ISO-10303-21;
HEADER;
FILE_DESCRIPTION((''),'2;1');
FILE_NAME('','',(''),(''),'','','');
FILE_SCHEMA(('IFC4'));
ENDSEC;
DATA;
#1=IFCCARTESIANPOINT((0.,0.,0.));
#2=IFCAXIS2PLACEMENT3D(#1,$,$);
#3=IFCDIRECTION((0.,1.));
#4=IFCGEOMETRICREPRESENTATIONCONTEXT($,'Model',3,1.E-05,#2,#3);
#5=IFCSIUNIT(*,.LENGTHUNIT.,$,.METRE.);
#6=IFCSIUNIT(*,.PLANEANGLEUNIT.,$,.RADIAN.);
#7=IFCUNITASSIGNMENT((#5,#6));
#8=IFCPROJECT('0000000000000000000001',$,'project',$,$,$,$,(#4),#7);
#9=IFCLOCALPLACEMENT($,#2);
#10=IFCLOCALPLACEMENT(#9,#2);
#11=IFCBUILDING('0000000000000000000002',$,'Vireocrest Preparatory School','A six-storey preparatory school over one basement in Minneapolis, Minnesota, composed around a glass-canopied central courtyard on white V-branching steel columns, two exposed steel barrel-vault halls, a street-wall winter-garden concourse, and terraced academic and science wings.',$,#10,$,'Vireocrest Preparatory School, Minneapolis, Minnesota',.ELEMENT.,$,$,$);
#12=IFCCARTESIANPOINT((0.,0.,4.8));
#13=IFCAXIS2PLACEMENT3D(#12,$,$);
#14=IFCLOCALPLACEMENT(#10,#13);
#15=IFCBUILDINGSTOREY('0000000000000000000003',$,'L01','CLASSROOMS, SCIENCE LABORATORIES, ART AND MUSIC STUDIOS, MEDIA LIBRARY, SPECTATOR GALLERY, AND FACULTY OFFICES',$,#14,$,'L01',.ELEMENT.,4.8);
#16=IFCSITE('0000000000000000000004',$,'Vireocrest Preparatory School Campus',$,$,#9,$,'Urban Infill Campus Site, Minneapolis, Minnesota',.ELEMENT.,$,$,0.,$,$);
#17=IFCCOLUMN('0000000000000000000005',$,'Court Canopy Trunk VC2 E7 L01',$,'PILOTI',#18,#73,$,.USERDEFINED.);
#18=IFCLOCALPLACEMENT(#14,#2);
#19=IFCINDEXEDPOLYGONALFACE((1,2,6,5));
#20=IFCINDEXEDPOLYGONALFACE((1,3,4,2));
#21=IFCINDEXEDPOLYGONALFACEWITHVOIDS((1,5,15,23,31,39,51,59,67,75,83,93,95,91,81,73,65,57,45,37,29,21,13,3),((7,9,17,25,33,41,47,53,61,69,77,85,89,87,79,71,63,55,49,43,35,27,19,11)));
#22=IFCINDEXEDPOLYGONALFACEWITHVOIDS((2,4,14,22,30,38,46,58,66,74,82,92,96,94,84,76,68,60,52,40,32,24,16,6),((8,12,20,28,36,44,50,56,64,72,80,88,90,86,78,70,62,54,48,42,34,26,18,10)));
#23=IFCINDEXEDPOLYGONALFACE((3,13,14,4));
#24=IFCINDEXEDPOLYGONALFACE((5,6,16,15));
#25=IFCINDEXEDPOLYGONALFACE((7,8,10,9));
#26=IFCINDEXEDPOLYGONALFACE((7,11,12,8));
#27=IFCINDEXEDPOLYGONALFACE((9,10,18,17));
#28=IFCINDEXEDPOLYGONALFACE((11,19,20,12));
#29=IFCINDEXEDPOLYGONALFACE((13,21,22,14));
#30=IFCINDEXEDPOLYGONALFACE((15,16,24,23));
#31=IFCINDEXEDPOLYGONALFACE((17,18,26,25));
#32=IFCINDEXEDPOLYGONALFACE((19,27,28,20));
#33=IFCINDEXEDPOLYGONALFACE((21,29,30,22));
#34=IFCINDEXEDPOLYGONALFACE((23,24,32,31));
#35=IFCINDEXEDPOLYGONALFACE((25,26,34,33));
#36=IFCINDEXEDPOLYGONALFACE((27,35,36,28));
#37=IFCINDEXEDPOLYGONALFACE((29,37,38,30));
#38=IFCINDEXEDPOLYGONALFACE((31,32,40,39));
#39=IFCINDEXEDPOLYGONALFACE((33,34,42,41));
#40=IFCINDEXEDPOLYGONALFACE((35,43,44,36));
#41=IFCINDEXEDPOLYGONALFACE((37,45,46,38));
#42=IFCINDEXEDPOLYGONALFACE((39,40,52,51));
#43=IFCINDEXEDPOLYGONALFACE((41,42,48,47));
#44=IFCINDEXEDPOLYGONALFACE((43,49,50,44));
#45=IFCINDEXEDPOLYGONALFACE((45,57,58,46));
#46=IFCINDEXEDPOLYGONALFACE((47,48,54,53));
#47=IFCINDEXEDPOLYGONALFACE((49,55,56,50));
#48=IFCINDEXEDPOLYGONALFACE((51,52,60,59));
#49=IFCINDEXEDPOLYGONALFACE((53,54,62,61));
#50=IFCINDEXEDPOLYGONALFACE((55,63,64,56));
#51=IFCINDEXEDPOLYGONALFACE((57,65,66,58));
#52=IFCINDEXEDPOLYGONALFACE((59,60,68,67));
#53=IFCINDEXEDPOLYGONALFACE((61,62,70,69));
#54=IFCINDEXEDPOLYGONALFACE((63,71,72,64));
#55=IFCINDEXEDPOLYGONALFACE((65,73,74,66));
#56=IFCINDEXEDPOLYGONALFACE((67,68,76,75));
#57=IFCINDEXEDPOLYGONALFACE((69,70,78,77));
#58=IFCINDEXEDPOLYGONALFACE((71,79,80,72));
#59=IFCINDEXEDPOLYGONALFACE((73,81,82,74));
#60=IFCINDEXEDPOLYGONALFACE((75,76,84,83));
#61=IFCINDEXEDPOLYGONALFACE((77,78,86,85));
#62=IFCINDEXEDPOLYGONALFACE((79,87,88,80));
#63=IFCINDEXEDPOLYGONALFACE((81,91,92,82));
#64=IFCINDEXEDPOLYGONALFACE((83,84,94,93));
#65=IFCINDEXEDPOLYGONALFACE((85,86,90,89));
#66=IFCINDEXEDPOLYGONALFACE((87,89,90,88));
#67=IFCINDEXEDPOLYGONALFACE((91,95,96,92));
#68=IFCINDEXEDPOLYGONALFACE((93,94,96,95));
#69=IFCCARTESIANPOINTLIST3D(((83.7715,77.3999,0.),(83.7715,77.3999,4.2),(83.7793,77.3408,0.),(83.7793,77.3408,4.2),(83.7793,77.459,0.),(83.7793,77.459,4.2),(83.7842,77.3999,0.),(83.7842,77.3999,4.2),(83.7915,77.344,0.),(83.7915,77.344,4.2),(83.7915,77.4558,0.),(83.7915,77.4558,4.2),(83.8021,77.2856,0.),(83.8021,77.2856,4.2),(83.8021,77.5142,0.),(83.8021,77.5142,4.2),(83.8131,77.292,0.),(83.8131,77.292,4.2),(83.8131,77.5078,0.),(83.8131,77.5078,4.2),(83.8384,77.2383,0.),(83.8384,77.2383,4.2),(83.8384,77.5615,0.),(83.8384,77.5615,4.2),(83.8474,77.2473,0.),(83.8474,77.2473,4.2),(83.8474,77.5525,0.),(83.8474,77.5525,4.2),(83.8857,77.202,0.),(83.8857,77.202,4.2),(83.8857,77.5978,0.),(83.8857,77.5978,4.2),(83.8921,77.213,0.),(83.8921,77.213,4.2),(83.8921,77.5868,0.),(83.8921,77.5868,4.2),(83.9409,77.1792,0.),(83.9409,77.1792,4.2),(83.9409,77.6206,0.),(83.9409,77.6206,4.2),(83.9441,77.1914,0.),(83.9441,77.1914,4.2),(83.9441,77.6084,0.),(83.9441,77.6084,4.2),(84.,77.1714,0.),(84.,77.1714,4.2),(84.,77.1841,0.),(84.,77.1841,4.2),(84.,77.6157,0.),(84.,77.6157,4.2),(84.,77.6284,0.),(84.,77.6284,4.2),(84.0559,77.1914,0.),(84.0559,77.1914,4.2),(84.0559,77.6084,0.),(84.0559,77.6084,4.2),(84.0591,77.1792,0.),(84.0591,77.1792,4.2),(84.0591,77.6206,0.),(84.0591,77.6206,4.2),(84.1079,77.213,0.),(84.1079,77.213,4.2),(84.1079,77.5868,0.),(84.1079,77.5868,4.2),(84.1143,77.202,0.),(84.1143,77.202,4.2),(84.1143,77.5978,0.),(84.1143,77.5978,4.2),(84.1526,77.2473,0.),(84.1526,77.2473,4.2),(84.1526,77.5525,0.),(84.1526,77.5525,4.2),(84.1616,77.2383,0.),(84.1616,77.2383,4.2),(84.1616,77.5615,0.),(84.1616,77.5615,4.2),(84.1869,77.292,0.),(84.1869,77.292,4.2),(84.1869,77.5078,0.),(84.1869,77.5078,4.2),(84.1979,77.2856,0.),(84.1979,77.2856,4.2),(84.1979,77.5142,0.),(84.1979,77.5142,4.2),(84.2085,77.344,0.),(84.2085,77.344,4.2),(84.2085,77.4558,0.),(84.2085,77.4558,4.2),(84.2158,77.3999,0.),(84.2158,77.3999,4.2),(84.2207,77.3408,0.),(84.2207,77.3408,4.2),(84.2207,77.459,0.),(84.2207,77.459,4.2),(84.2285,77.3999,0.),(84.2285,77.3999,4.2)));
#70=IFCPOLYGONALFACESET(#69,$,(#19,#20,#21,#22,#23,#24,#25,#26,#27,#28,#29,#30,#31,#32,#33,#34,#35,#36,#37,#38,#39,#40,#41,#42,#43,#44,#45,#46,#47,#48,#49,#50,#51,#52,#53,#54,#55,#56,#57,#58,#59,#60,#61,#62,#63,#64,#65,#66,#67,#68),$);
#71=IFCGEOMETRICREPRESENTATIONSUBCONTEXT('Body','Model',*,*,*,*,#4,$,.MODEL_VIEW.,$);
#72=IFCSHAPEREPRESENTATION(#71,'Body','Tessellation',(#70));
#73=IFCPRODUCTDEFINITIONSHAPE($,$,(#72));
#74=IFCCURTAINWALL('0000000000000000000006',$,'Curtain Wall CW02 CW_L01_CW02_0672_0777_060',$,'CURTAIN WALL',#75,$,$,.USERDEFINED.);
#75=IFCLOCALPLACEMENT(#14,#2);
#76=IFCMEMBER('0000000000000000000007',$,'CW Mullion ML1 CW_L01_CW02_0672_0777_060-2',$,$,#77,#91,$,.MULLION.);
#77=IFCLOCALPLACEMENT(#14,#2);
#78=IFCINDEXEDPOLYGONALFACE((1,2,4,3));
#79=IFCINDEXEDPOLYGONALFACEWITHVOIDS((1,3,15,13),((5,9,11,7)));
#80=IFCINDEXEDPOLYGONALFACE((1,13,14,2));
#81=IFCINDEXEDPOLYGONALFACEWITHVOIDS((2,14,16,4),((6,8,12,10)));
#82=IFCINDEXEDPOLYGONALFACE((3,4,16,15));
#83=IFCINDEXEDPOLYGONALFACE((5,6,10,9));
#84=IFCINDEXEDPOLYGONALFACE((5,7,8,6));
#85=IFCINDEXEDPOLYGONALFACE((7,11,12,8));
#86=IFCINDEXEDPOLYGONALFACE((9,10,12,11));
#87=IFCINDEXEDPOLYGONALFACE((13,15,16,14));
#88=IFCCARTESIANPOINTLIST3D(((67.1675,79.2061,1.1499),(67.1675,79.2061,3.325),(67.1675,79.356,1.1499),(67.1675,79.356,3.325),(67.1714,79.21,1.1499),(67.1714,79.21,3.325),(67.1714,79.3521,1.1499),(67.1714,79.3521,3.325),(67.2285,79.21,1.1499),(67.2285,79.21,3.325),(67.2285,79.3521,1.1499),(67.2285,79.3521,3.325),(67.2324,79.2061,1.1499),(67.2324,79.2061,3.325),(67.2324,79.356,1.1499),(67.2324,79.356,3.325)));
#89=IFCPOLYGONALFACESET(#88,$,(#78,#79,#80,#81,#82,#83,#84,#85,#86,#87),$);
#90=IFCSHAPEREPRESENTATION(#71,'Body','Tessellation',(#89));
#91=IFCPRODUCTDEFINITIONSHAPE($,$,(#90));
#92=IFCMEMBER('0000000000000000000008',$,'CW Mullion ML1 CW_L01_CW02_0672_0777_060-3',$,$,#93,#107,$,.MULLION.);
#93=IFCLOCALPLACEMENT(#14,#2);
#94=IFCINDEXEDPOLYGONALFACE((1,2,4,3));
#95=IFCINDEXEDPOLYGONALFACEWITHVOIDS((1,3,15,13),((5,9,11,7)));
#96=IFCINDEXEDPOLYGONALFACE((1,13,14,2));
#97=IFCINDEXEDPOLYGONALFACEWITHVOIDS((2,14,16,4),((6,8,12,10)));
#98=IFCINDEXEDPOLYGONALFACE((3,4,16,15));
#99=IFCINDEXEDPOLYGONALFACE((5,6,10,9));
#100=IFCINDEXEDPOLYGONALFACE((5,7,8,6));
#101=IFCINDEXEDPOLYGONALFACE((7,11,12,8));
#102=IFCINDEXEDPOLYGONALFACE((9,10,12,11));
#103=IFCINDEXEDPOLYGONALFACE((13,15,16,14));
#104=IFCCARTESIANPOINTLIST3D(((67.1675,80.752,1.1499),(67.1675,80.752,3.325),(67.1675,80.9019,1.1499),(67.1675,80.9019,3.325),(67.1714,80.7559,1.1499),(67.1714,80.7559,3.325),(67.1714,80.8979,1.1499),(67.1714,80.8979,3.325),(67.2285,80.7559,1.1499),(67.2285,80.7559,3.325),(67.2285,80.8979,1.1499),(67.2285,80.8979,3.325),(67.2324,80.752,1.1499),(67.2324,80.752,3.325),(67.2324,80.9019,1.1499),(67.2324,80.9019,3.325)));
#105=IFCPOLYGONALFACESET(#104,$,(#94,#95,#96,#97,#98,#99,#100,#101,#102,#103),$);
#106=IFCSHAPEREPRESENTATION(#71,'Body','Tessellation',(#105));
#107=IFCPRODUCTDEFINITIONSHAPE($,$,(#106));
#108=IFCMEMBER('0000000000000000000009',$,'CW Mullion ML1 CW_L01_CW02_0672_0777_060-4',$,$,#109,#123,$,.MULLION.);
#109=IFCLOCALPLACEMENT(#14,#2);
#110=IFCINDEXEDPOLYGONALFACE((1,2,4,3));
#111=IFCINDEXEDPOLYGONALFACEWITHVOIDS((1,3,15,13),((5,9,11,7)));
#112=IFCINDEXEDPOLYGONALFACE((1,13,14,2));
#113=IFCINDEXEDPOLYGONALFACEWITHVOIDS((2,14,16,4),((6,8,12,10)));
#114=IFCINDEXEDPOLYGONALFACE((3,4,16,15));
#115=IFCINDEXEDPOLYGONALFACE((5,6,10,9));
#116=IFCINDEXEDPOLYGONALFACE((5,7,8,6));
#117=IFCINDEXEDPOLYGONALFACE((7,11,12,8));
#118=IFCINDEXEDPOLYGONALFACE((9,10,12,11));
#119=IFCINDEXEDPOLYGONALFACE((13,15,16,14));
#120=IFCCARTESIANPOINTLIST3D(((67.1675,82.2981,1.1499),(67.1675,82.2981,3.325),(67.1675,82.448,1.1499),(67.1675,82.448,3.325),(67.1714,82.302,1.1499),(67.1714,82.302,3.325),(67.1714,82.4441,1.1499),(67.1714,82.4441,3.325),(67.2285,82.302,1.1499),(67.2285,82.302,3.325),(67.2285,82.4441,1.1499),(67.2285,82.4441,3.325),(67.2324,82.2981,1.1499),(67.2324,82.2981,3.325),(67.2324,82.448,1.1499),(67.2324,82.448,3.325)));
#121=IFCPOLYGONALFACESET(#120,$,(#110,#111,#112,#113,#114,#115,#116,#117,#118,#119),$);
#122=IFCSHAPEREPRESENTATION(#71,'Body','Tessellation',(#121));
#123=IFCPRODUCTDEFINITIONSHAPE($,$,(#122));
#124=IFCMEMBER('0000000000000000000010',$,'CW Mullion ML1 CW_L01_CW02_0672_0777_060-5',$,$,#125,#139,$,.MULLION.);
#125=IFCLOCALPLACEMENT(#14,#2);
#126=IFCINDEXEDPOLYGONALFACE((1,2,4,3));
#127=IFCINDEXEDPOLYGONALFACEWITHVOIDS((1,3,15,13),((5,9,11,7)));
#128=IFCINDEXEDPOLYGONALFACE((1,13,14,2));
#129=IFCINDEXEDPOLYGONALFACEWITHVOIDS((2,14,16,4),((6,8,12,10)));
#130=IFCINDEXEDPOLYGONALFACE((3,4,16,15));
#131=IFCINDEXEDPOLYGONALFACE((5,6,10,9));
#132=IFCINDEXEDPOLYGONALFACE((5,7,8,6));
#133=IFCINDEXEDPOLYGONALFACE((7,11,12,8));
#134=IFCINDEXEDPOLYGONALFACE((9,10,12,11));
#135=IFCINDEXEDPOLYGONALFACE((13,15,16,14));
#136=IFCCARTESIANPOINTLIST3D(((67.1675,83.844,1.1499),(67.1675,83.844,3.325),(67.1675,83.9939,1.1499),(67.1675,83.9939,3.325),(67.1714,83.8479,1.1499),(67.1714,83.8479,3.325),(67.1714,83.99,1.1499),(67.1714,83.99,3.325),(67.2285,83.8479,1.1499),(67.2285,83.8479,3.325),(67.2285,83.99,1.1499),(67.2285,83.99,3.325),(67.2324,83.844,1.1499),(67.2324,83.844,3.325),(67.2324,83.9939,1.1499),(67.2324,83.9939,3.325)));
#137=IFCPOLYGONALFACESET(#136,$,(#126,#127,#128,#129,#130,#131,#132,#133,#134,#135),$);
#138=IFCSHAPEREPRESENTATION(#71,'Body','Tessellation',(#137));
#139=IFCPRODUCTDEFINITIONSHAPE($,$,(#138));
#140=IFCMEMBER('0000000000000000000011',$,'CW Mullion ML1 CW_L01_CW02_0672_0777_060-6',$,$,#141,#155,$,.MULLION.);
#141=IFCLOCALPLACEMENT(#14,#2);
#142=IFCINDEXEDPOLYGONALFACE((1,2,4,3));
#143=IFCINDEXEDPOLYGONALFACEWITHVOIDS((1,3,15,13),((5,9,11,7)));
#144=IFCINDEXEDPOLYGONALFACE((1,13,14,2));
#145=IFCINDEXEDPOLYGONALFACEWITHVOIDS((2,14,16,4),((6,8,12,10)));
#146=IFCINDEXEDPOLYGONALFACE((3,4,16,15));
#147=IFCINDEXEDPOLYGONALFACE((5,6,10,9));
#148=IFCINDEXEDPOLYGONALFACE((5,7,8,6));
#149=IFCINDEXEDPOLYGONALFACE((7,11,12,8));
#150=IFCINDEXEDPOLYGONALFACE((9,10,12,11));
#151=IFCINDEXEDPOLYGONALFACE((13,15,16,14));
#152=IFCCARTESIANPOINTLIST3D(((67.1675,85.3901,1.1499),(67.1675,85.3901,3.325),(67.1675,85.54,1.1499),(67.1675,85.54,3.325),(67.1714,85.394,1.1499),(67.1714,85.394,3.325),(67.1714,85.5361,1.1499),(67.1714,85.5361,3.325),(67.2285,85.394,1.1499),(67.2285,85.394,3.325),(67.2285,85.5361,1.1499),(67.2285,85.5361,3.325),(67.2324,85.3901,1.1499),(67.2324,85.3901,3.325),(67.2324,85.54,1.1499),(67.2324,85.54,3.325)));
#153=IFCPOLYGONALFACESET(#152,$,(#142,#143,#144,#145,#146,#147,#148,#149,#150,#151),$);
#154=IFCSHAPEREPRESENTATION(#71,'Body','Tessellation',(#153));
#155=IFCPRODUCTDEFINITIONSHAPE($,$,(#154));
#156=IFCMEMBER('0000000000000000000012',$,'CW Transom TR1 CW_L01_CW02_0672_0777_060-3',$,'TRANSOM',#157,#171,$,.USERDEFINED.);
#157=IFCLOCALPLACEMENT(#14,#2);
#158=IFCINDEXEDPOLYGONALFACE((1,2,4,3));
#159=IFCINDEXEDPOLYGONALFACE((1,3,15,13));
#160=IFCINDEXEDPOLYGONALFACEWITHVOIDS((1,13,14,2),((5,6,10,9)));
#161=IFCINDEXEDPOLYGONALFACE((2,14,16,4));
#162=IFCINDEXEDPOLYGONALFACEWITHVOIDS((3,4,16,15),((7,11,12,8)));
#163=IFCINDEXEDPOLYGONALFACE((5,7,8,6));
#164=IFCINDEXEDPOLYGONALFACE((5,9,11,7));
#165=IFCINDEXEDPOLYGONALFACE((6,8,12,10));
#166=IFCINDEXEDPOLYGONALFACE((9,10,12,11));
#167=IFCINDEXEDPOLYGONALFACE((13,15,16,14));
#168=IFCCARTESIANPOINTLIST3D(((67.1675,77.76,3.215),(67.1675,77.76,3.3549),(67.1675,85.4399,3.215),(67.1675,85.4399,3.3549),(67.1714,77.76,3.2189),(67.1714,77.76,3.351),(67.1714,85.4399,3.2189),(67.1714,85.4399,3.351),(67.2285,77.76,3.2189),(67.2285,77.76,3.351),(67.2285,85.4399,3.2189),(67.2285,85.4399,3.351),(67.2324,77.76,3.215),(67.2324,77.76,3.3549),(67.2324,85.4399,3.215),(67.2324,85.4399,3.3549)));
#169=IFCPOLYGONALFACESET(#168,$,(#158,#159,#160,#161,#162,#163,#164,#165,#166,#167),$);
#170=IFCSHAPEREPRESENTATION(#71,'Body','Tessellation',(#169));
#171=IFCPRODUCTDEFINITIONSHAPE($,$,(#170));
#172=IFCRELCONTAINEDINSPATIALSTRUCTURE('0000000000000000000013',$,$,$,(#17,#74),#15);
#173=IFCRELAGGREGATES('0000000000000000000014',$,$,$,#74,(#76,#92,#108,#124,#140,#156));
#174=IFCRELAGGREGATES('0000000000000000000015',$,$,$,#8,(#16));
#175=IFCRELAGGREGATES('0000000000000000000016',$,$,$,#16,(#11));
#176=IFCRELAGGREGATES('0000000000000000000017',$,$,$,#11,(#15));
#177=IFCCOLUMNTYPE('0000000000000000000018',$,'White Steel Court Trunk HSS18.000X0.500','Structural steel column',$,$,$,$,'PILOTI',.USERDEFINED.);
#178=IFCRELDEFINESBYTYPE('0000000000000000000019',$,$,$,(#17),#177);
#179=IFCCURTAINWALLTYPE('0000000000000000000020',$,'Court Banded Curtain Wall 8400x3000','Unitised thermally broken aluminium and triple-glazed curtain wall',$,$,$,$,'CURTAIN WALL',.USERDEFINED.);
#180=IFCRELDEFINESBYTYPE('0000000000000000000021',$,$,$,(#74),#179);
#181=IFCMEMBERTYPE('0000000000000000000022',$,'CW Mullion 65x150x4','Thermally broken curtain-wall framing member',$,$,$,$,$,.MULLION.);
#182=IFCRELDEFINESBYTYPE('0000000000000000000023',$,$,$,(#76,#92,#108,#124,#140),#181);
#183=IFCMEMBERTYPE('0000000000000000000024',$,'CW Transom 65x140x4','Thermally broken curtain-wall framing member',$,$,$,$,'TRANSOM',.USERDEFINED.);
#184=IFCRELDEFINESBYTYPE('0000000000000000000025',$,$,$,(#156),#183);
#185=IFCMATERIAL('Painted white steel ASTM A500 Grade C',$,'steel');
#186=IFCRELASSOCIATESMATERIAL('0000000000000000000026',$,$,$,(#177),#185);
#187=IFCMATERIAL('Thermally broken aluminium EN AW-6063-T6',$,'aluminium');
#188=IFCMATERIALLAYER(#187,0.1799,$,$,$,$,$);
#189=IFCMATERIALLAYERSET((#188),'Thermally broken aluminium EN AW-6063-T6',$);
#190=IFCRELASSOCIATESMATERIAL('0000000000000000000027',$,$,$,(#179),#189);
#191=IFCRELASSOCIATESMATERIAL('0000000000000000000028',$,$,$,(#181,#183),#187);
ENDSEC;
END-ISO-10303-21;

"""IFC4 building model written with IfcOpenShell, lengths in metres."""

from ifc_helpers import new_model, si_unit, direction, frame, origin, origin_2d, place, context, subcontext, project, spatial, hollow_rectangle, hollow_circle, extrude, material, layer, layer_set, material_profile, profile_set, type_object, element, aggregate, save


model = new_model("IFC4")

# Units and contexts
model_context = context("Model", 3, precision=1e-05, world=origin(), true_north=direction((0.0, 1.0)))
body_context = subcontext(model_context, "Body", "Model", "MODEL_VIEW")
ifc_project = project(units=[si_unit("LENGTHUNIT", "METRE"), si_unit("PLANEANGLEUNIT", "RADIAN")], contexts=[model_context])

# Site, building, storey
site_placement = place(None, origin())
site = spatial("IfcSite", under=ifc_project, at=site_placement, Name="Vireocrest Preparatory School Campus", LongName="Urban Infill Campus Site, Minneapolis, Minnesota", CompositionType="ELEMENT", RefElevation=0.0)
building_placement = place(site_placement, origin())
building = spatial("IfcBuilding", under=site, at=building_placement, Name="Vireocrest Preparatory School", Description="A six-storey preparatory school over one basement in Minneapolis, Minnesota, composed around a glass-canopied central courtyard on white V-branching steel columns, two exposed steel barrel-vault halls, a street-wall winter-garden concourse, and terraced academic and science wings.", LongName="Vireocrest Preparatory School, Minneapolis, Minnesota", CompositionType="ELEMENT")
storey_placement = place(building_placement, frame((0.0, 0.0, 4.8)))
storey = spatial("IfcBuildingStorey", under=building, at=storey_placement, Name="L01", Description="CLASSROOMS, SCIENCE LABORATORIES, ART AND MUSIC STUDIOS, MEDIA LIBRARY, SPECTATOR GALLERY, AND FACULTY OFFICES", LongName="L01", CompositionType="ELEMENT", Elevation=4.8)

# Column
ifc_material_1 = material(Name="Painted white steel ASTM A500 Grade C", Category="steel")
ifc_material_profile_1 = material_profile(ifc_material_1, hollow_circle(Radius=0.2285, WallThickness=0.0127, at=origin_2d()), Name="HSS18.000X0.500")
ifc_profile_set_1 = profile_set([ifc_material_profile_1], Name="Painted white steel ASTM A500 Grade C")
column_type = type_object("IfcColumnType", Name="White Steel Court Trunk HSS18.000X0.500", Description="Structural steel column", ElementType="PILOTI", PredefinedType="USERDEFINED", material=ifc_profile_set_1)
for number, where, z_axis, x_axis, name in (
    (1, (84.0, 77.3999, 0.0), (0.0, 0.0, 1.0), (1.0, 0.0, 0.0), "Court Canopy Trunk VC2 E7 L01"),
):
    element("IfcColumn", number, at=place(storey_placement, frame(where, z_axis=z_axis, x_axis=x_axis)), inside=storey, type_object=column_type, Name=name, ObjectType="PILOTI", PredefinedType="USERDEFINED", context=body_context, shape_type="SweptSolid", body=[
        extrude(hollow_circle(Radius=0.2285, WallThickness=0.0127, at=origin_2d()), origin(), (0.0, 0.0, 1.0), 4.2),
    ])

# Curtain wall, members
ifc_material_2 = material(Name="Thermally broken aluminium EN AW-6063-T6", Category="aluminium")
ifc_layer_1 = layer(ifc_material_2, 0.1799)
ifc_layer_set_1 = layer_set([ifc_layer_1], Name="Thermally broken aluminium EN AW-6063-T6")
curtain_wall_type = type_object("IfcCurtainWallType", Name="Court Banded Curtain Wall 8400x3000", Description="Unitised thermally broken aluminium and triple-glazed curtain wall", ElementType="CURTAIN WALL", PredefinedType="USERDEFINED", material=ifc_layer_set_1)
curtain_wall_placement = place(storey_placement, origin())
curtain_wall = element("IfcCurtainWall", 2, at=curtain_wall_placement, inside=storey, type_object=curtain_wall_type, Name="Curtain Wall CW02 CW_L01_CW02_0672_0777_060", ObjectType="CURTAIN WALL", PredefinedType="USERDEFINED")
ifc_material_profile_2 = material_profile(ifc_material_2, hollow_rectangle(XDim=0.0649, YDim=0.1499, WallThickness=0.0039, at=origin_2d()), Name="ALU 65x150x4")
ifc_profile_set_2 = profile_set([ifc_material_profile_2], Name="Thermally broken aluminium EN AW-6063-T6")
member_type_1 = type_object("IfcMemberType", Name="CW Mullion 65x150x4", Description="Thermally broken curtain-wall framing member", PredefinedType="MULLION", material=ifc_profile_set_2)
member_1_placement = place(storey_placement, frame((67.2, 79.281, 1.1499), z_axis=(0.0, 0.0, 1.0), x_axis=(1.0, 0.0, 0.0)))
member_1 = element("IfcMember", 3, at=member_1_placement, type_object=member_type_1, Name="CW Mullion ML1 CW_L01_CW02_0672_0777_060-2", PredefinedType="MULLION", context=body_context, shape_type="SweptSolid", body=[
    extrude(hollow_rectangle(XDim=0.0649, YDim=0.1499, WallThickness=0.0039, at=origin_2d()), origin(), (0.0, 0.0, 1.0), 2.175),
])
member_2_placement = place(storey_placement, frame((67.2, 80.8269, 1.1499), z_axis=(0.0, 0.0, 1.0), x_axis=(1.0, 0.0, 0.0)))
member_2 = element("IfcMember", 4, at=member_2_placement, type_object=member_type_1, Name="CW Mullion ML1 CW_L01_CW02_0672_0777_060-3", PredefinedType="MULLION", context=body_context, shape_type="SweptSolid", body=[
    extrude(hollow_rectangle(XDim=0.0649, YDim=0.1499, WallThickness=0.0039, at=origin_2d()), origin(), (0.0, 0.0, 1.0), 2.175),
])
member_3_placement = place(storey_placement, frame((67.2, 82.373, 1.1499), z_axis=(0.0, 0.0, 1.0), x_axis=(1.0, 0.0, 0.0)))
member_3 = element("IfcMember", 5, at=member_3_placement, type_object=member_type_1, Name="CW Mullion ML1 CW_L01_CW02_0672_0777_060-4", PredefinedType="MULLION", context=body_context, shape_type="SweptSolid", body=[
    extrude(hollow_rectangle(XDim=0.0649, YDim=0.1499, WallThickness=0.0039, at=origin_2d()), origin(), (0.0, 0.0, 1.0), 2.175),
])
member_4_placement = place(storey_placement, frame((67.2, 83.9189, 1.1499), z_axis=(0.0, 0.0, 1.0), x_axis=(1.0, 0.0, 0.0)))
member_4 = element("IfcMember", 6, at=member_4_placement, type_object=member_type_1, Name="CW Mullion ML1 CW_L01_CW02_0672_0777_060-5", PredefinedType="MULLION", context=body_context, shape_type="SweptSolid", body=[
    extrude(hollow_rectangle(XDim=0.0649, YDim=0.1499, WallThickness=0.0039, at=origin_2d()), origin(), (0.0, 0.0, 1.0), 2.175),
])
member_5_placement = place(storey_placement, frame((67.2, 85.4651, 1.1499), z_axis=(0.0, 0.0, 1.0), x_axis=(1.0, 0.0, 0.0)))
member_5 = element("IfcMember", 7, at=member_5_placement, type_object=member_type_1, Name="CW Mullion ML1 CW_L01_CW02_0672_0777_060-6", PredefinedType="MULLION", context=body_context, shape_type="SweptSolid", body=[
    extrude(hollow_rectangle(XDim=0.0649, YDim=0.1499, WallThickness=0.0039, at=origin_2d()), origin(), (0.0, 0.0, 1.0), 2.175),
])
ifc_material_profile_3 = material_profile(ifc_material_2, hollow_rectangle(XDim=0.0649, YDim=0.1399, WallThickness=0.0039, at=origin_2d()), Name="ALU 65x140x4")
ifc_profile_set_3 = profile_set([ifc_material_profile_3], Name="Thermally broken aluminium EN AW-6063-T6")
member_type_2 = type_object("IfcMemberType", Name="CW Transom 65x140x4", Description="Thermally broken curtain-wall framing member", ElementType="TRANSOM", PredefinedType="USERDEFINED", material=ifc_profile_set_3)
member_6_placement = place(storey_placement, frame((67.2, 77.76, 3.2849), z_axis=(0.0, 1.0, 0.0), x_axis=(-1.0, 0.0, 0.0)))
member_6 = element("IfcMember", 8, at=member_6_placement, type_object=member_type_2, Name="CW Transom TR1 CW_L01_CW02_0672_0777_060-3", ObjectType="TRANSOM", PredefinedType="USERDEFINED", context=body_context, shape_type="SweptSolid", body=[
    extrude(hollow_rectangle(XDim=0.0649, YDim=0.1399, WallThickness=0.0039, at=origin_2d()), origin(), (0.0, 0.0, 1.0), 7.6799),
])

aggregate(curtain_wall, [member_1, member_2, member_3, member_4, member_5, member_6])

save(model, "model.ifc")
